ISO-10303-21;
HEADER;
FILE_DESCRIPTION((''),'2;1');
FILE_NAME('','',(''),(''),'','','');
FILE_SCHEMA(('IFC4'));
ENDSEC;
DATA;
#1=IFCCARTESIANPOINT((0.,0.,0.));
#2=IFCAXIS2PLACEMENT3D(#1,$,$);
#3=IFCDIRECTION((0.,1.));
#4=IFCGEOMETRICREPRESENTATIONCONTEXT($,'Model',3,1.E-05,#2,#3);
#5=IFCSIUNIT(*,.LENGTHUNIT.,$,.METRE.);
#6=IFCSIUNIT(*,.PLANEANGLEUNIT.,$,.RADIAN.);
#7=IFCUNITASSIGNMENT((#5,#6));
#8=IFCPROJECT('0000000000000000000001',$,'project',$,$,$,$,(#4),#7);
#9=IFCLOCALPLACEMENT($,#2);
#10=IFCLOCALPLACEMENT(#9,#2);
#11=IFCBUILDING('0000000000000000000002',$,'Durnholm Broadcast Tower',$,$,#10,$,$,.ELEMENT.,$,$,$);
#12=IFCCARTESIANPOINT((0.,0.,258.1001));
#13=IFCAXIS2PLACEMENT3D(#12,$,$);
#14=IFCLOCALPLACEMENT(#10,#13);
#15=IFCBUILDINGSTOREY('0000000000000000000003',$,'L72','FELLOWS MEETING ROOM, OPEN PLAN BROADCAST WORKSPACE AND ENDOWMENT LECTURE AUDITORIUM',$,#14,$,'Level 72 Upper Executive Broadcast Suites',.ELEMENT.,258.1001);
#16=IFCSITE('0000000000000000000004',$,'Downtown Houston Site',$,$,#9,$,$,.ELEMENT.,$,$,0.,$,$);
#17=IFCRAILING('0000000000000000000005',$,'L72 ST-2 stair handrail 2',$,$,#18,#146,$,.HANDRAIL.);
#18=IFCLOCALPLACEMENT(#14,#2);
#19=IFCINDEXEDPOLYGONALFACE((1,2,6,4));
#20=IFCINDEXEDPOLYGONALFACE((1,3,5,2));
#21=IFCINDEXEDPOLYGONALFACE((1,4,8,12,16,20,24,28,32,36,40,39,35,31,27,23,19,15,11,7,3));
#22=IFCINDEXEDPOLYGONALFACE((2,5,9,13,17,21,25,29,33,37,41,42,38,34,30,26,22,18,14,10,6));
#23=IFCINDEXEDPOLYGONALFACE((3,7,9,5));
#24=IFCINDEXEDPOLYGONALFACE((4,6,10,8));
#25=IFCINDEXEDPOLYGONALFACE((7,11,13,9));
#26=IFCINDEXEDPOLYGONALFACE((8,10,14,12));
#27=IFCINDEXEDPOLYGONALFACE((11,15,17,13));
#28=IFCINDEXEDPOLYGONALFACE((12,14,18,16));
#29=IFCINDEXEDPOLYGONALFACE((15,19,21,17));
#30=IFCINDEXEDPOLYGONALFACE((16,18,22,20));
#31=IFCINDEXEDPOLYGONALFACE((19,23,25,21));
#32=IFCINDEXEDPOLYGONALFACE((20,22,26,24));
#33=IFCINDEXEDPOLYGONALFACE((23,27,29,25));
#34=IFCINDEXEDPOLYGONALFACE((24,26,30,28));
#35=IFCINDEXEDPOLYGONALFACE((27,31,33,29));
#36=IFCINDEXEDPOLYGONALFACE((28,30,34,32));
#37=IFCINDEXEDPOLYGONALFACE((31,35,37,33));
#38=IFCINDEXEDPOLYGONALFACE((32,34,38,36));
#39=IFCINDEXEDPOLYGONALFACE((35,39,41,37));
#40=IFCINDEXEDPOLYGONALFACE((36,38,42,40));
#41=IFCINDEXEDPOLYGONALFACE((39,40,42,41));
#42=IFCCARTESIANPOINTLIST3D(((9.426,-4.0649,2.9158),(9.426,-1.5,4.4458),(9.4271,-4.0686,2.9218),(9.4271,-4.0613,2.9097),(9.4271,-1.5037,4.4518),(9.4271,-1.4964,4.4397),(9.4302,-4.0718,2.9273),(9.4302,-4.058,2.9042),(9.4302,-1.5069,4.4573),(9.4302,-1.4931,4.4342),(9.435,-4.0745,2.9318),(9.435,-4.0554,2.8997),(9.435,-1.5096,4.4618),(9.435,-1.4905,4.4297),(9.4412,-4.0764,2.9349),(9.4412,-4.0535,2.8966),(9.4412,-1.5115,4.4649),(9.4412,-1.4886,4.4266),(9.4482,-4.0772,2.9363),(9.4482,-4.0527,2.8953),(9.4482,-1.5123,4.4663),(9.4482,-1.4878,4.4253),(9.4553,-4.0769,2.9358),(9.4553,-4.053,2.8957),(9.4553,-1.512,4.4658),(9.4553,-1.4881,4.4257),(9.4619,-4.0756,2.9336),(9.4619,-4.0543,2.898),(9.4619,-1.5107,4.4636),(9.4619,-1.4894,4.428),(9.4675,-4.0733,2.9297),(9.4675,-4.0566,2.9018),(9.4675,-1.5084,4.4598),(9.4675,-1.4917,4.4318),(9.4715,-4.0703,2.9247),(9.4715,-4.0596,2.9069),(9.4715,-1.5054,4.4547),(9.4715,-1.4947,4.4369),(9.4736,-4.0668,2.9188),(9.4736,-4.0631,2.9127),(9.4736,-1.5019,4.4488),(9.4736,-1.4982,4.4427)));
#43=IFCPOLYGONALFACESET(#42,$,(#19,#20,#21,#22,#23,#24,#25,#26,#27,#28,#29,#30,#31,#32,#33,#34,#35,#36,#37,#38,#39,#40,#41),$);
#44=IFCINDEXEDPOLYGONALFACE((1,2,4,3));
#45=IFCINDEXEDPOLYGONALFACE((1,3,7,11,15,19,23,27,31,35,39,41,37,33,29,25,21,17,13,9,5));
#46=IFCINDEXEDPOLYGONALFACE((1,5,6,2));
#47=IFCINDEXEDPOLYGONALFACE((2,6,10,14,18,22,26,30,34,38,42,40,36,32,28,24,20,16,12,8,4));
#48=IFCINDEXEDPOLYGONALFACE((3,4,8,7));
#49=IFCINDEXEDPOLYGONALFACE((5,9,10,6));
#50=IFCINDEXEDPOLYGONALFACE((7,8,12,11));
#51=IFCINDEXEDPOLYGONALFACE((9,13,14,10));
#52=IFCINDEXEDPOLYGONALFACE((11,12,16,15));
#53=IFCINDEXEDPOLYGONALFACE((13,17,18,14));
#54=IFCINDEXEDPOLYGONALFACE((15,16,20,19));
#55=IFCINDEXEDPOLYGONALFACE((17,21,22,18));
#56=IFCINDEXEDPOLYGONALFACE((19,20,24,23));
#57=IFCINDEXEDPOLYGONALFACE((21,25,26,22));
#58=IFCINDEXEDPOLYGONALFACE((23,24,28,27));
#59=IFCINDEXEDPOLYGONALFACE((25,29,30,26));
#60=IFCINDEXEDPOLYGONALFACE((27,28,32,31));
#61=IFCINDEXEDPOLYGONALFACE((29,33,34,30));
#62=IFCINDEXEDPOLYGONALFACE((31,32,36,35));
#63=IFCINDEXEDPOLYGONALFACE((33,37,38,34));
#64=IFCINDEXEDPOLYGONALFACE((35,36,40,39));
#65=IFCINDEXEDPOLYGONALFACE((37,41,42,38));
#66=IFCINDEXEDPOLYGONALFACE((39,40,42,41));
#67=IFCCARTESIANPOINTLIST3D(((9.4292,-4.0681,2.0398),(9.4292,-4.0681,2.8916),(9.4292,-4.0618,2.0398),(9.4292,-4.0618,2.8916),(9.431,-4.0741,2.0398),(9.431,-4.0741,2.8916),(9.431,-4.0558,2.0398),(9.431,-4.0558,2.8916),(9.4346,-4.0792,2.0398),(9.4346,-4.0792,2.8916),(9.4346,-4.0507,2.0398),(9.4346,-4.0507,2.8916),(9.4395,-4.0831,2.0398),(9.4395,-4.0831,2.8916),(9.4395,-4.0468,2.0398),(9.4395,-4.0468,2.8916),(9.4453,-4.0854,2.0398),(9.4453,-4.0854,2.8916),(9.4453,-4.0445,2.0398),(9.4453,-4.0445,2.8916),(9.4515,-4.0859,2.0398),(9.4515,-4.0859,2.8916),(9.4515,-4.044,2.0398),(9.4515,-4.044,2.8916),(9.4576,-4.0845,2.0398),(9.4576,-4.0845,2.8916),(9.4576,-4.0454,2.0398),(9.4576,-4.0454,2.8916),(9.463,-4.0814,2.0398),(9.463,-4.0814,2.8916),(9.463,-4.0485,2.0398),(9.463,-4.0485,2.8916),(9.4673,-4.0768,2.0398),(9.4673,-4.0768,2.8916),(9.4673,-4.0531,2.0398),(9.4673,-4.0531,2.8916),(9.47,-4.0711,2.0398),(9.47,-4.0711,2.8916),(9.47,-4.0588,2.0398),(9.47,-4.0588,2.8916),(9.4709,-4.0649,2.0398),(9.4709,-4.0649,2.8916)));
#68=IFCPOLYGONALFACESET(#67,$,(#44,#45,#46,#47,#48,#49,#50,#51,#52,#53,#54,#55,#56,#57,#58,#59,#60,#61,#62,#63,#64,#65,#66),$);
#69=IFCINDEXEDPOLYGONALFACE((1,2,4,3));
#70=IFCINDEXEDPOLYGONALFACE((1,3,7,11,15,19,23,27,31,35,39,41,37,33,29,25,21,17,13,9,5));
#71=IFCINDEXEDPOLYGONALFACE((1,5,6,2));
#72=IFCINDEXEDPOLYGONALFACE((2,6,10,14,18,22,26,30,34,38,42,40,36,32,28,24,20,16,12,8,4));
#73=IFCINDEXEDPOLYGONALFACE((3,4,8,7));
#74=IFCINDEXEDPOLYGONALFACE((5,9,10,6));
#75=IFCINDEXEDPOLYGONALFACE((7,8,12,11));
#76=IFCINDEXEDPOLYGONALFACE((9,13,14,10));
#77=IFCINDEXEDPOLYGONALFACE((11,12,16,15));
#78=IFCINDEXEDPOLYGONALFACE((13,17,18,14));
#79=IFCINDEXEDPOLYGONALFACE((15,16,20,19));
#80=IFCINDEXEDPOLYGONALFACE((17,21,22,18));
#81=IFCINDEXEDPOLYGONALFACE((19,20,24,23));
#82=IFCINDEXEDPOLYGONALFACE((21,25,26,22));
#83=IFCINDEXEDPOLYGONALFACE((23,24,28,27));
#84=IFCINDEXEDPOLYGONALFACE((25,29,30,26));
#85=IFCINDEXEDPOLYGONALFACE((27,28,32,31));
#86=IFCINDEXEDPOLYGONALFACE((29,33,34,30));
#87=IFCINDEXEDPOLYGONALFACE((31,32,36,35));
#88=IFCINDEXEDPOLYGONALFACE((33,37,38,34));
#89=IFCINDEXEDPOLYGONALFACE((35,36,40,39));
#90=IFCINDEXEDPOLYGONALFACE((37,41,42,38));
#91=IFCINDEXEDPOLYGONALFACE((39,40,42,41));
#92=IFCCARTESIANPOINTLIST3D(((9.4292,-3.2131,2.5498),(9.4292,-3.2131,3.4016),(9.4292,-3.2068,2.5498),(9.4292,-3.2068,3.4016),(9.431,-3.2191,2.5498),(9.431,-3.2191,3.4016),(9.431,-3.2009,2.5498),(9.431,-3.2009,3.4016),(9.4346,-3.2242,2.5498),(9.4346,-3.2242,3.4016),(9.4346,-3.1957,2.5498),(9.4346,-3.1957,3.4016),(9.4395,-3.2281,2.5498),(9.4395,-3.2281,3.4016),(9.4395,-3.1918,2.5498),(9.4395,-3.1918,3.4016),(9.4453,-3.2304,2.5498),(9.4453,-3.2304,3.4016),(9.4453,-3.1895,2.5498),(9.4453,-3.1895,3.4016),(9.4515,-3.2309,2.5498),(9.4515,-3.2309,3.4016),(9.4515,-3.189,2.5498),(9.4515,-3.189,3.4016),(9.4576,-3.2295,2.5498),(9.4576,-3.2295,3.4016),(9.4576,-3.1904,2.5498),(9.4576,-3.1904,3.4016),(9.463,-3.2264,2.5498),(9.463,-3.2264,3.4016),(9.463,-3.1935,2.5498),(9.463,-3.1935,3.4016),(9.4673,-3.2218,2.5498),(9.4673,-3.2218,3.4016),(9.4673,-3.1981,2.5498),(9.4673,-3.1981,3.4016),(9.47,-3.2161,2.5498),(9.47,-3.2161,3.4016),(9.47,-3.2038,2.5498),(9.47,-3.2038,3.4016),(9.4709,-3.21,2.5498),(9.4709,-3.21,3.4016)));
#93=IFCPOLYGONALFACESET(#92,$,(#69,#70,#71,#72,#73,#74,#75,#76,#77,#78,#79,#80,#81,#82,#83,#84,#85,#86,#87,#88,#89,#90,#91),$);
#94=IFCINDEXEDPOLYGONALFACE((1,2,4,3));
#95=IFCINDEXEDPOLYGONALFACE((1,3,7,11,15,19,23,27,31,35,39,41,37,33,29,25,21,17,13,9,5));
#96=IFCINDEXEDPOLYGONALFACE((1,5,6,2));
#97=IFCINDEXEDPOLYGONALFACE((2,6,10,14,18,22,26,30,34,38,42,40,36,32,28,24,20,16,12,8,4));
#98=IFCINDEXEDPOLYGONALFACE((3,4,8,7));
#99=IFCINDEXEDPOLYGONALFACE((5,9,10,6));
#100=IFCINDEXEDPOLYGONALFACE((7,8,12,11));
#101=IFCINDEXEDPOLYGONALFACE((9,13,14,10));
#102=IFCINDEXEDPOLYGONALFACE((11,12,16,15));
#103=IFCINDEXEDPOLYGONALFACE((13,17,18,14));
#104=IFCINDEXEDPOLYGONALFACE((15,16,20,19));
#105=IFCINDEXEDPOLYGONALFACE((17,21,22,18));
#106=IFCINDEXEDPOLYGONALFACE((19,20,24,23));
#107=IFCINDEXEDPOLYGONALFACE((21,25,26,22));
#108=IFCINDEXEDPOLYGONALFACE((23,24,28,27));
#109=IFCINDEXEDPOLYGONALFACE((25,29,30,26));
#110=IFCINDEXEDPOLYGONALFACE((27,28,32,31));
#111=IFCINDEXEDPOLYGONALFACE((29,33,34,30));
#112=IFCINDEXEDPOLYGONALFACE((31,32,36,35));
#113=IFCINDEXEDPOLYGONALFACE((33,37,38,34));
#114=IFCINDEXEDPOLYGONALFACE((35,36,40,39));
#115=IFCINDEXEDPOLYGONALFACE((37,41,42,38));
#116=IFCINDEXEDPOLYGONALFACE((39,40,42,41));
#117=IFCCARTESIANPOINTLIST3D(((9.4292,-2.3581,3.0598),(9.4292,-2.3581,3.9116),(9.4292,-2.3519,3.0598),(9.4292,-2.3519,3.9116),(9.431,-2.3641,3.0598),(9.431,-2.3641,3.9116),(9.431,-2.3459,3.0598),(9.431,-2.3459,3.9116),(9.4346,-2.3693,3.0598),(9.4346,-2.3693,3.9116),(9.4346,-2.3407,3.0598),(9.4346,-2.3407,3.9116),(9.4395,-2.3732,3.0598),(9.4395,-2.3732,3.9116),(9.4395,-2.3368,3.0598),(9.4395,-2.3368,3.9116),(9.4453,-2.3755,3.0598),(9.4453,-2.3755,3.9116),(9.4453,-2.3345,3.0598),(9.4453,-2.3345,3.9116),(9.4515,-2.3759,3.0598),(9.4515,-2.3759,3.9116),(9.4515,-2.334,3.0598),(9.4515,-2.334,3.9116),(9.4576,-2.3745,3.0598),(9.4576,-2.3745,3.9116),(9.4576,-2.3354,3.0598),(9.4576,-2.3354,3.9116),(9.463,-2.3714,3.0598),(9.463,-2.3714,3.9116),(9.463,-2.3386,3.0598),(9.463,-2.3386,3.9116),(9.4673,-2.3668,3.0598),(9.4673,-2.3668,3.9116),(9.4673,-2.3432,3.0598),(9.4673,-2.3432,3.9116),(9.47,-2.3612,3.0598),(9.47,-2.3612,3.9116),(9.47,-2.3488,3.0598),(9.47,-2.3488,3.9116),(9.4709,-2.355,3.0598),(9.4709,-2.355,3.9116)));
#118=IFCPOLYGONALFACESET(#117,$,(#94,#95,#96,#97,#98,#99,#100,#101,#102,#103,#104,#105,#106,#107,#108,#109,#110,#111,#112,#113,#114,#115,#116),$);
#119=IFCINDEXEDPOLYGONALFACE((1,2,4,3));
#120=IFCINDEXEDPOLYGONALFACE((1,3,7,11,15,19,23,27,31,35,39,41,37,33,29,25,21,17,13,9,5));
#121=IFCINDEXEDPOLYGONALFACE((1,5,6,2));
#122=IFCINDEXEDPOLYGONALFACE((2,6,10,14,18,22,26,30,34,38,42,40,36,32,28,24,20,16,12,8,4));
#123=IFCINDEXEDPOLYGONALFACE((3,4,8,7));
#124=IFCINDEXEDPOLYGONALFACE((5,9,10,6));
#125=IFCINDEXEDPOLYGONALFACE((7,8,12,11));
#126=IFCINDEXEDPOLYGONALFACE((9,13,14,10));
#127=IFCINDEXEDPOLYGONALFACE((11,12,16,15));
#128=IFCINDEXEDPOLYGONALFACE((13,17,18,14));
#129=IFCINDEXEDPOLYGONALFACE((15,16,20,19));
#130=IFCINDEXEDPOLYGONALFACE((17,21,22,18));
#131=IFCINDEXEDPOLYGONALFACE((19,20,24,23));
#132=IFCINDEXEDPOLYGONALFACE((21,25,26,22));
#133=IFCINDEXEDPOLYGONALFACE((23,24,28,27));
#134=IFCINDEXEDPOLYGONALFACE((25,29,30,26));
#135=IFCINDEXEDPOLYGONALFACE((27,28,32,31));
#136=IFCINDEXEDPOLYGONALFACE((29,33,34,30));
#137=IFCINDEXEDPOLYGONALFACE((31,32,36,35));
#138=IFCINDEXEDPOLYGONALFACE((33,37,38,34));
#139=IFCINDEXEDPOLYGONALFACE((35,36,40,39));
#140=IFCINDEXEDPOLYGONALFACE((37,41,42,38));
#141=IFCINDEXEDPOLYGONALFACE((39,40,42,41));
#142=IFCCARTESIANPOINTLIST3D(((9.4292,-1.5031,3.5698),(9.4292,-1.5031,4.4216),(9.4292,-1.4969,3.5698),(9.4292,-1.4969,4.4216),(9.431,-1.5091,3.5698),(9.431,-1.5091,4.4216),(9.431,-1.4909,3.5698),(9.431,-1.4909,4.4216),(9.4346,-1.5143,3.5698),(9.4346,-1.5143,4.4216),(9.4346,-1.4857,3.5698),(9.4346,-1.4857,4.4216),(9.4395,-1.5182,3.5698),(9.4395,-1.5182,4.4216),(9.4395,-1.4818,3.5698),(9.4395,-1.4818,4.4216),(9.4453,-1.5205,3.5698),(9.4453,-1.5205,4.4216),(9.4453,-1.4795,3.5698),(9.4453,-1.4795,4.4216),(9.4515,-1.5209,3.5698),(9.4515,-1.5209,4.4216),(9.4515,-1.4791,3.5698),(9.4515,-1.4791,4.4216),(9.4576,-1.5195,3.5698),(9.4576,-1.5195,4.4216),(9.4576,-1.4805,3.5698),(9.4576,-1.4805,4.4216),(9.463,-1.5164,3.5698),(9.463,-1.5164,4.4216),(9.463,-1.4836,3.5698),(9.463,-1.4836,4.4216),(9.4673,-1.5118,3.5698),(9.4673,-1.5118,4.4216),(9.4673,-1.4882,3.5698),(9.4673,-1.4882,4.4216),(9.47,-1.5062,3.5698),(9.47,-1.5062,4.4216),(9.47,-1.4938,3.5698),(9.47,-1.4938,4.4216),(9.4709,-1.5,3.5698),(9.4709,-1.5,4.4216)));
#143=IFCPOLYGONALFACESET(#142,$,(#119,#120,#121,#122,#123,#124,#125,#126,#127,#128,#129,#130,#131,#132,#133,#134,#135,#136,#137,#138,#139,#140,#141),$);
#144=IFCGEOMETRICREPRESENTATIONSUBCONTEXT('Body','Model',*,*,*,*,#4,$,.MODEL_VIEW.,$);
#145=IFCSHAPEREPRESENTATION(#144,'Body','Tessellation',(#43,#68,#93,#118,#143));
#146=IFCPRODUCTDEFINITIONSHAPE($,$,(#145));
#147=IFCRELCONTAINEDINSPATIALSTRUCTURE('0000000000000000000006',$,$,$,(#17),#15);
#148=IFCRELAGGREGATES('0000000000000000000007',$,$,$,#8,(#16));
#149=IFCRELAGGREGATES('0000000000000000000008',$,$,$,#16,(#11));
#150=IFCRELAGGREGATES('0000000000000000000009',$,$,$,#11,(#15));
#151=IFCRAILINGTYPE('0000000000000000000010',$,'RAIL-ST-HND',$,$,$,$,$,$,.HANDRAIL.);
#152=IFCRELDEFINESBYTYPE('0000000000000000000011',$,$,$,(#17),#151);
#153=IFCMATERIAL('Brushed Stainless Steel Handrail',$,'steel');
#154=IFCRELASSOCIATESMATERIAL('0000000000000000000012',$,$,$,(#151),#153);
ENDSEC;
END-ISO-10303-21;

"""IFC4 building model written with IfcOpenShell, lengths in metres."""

from ifc_helpers import new_model, si_unit, direction, frame, origin, origin_2d, place, context, subcontext, project, spatial, circle, extrude, material, type_object, element, save


model = new_model("IFC4")

# Units and contexts
model_context = context("Model", 3, precision=1e-05, world=origin(), true_north=direction((0.0, 1.0)))
body_context = subcontext(model_context, "Body", "Model", "MODEL_VIEW")
ifc_project = project(units=[si_unit("LENGTHUNIT", "METRE"), si_unit("PLANEANGLEUNIT", "RADIAN")], contexts=[model_context])

# Site, building, storey
site_placement = place(None, origin())
site = spatial("IfcSite", under=ifc_project, at=site_placement, Name="Downtown Houston Site", CompositionType="ELEMENT", RefElevation=0.0)
building_placement = place(site_placement, origin())
building = spatial("IfcBuilding", under=site, at=building_placement, Name="Durnholm Broadcast Tower", CompositionType="ELEMENT")
storey_placement = place(building_placement, frame((0.0, 0.0, 258.1001)))
storey = spatial("IfcBuildingStorey", under=building, at=storey_placement, Name="L72", Description="FELLOWS MEETING ROOM, OPEN PLAN BROADCAST WORKSPACE AND ENDOWMENT LECTURE AUDITORIUM", LongName="Level 72 Upper Executive Broadcast Suites", CompositionType="ELEMENT", Elevation=258.1001)

# Railing
ifc_material_1 = material(Name="Brushed Stainless Steel Handrail", Category="steel")
railing_type_1 = type_object("IfcRailingType", Name="RAIL-ST-HND", PredefinedType="HANDRAIL", material=ifc_material_1)
railing_1_placement = place(storey_placement, frame((9.45, -4.0649, 2.0398)))
element("IfcRailing", 1, at=railing_1_placement, inside=storey, type_object=railing_type_1, Name="L72 ST-2 stair handrail 2", PredefinedType="HANDRAIL", context=body_context, shape_type="SweptSolid", body=[
    extrude(circle(Radius=0.0239, at=origin_2d()), frame((0.0, 0.0, 0.876), z_axis=(0.0, 0.85881, 0.512294), x_axis=(-1.0, 0.0, 0.0)), (0.0, 0.0, 1.0), 2.9866),
    extrude(circle(Radius=0.021, at=origin_2d()), origin(), (0.0, 0.0, 1.0), 0.8518),
    extrude(circle(Radius=0.021, at=origin_2d()), frame((0.0, 0.855, 0.51)), (0.0, 0.0, 1.0), 0.8518),
    extrude(circle(Radius=0.021, at=origin_2d()), frame((0.0, 1.71, 1.02)), (0.0, 0.0, 1.0), 0.8518),
    extrude(circle(Radius=0.021, at=origin_2d()), frame((0.0, 2.5649, 1.53)), (0.0, 0.0, 1.0), 0.8518),
])

save(model, "model.ifc")
